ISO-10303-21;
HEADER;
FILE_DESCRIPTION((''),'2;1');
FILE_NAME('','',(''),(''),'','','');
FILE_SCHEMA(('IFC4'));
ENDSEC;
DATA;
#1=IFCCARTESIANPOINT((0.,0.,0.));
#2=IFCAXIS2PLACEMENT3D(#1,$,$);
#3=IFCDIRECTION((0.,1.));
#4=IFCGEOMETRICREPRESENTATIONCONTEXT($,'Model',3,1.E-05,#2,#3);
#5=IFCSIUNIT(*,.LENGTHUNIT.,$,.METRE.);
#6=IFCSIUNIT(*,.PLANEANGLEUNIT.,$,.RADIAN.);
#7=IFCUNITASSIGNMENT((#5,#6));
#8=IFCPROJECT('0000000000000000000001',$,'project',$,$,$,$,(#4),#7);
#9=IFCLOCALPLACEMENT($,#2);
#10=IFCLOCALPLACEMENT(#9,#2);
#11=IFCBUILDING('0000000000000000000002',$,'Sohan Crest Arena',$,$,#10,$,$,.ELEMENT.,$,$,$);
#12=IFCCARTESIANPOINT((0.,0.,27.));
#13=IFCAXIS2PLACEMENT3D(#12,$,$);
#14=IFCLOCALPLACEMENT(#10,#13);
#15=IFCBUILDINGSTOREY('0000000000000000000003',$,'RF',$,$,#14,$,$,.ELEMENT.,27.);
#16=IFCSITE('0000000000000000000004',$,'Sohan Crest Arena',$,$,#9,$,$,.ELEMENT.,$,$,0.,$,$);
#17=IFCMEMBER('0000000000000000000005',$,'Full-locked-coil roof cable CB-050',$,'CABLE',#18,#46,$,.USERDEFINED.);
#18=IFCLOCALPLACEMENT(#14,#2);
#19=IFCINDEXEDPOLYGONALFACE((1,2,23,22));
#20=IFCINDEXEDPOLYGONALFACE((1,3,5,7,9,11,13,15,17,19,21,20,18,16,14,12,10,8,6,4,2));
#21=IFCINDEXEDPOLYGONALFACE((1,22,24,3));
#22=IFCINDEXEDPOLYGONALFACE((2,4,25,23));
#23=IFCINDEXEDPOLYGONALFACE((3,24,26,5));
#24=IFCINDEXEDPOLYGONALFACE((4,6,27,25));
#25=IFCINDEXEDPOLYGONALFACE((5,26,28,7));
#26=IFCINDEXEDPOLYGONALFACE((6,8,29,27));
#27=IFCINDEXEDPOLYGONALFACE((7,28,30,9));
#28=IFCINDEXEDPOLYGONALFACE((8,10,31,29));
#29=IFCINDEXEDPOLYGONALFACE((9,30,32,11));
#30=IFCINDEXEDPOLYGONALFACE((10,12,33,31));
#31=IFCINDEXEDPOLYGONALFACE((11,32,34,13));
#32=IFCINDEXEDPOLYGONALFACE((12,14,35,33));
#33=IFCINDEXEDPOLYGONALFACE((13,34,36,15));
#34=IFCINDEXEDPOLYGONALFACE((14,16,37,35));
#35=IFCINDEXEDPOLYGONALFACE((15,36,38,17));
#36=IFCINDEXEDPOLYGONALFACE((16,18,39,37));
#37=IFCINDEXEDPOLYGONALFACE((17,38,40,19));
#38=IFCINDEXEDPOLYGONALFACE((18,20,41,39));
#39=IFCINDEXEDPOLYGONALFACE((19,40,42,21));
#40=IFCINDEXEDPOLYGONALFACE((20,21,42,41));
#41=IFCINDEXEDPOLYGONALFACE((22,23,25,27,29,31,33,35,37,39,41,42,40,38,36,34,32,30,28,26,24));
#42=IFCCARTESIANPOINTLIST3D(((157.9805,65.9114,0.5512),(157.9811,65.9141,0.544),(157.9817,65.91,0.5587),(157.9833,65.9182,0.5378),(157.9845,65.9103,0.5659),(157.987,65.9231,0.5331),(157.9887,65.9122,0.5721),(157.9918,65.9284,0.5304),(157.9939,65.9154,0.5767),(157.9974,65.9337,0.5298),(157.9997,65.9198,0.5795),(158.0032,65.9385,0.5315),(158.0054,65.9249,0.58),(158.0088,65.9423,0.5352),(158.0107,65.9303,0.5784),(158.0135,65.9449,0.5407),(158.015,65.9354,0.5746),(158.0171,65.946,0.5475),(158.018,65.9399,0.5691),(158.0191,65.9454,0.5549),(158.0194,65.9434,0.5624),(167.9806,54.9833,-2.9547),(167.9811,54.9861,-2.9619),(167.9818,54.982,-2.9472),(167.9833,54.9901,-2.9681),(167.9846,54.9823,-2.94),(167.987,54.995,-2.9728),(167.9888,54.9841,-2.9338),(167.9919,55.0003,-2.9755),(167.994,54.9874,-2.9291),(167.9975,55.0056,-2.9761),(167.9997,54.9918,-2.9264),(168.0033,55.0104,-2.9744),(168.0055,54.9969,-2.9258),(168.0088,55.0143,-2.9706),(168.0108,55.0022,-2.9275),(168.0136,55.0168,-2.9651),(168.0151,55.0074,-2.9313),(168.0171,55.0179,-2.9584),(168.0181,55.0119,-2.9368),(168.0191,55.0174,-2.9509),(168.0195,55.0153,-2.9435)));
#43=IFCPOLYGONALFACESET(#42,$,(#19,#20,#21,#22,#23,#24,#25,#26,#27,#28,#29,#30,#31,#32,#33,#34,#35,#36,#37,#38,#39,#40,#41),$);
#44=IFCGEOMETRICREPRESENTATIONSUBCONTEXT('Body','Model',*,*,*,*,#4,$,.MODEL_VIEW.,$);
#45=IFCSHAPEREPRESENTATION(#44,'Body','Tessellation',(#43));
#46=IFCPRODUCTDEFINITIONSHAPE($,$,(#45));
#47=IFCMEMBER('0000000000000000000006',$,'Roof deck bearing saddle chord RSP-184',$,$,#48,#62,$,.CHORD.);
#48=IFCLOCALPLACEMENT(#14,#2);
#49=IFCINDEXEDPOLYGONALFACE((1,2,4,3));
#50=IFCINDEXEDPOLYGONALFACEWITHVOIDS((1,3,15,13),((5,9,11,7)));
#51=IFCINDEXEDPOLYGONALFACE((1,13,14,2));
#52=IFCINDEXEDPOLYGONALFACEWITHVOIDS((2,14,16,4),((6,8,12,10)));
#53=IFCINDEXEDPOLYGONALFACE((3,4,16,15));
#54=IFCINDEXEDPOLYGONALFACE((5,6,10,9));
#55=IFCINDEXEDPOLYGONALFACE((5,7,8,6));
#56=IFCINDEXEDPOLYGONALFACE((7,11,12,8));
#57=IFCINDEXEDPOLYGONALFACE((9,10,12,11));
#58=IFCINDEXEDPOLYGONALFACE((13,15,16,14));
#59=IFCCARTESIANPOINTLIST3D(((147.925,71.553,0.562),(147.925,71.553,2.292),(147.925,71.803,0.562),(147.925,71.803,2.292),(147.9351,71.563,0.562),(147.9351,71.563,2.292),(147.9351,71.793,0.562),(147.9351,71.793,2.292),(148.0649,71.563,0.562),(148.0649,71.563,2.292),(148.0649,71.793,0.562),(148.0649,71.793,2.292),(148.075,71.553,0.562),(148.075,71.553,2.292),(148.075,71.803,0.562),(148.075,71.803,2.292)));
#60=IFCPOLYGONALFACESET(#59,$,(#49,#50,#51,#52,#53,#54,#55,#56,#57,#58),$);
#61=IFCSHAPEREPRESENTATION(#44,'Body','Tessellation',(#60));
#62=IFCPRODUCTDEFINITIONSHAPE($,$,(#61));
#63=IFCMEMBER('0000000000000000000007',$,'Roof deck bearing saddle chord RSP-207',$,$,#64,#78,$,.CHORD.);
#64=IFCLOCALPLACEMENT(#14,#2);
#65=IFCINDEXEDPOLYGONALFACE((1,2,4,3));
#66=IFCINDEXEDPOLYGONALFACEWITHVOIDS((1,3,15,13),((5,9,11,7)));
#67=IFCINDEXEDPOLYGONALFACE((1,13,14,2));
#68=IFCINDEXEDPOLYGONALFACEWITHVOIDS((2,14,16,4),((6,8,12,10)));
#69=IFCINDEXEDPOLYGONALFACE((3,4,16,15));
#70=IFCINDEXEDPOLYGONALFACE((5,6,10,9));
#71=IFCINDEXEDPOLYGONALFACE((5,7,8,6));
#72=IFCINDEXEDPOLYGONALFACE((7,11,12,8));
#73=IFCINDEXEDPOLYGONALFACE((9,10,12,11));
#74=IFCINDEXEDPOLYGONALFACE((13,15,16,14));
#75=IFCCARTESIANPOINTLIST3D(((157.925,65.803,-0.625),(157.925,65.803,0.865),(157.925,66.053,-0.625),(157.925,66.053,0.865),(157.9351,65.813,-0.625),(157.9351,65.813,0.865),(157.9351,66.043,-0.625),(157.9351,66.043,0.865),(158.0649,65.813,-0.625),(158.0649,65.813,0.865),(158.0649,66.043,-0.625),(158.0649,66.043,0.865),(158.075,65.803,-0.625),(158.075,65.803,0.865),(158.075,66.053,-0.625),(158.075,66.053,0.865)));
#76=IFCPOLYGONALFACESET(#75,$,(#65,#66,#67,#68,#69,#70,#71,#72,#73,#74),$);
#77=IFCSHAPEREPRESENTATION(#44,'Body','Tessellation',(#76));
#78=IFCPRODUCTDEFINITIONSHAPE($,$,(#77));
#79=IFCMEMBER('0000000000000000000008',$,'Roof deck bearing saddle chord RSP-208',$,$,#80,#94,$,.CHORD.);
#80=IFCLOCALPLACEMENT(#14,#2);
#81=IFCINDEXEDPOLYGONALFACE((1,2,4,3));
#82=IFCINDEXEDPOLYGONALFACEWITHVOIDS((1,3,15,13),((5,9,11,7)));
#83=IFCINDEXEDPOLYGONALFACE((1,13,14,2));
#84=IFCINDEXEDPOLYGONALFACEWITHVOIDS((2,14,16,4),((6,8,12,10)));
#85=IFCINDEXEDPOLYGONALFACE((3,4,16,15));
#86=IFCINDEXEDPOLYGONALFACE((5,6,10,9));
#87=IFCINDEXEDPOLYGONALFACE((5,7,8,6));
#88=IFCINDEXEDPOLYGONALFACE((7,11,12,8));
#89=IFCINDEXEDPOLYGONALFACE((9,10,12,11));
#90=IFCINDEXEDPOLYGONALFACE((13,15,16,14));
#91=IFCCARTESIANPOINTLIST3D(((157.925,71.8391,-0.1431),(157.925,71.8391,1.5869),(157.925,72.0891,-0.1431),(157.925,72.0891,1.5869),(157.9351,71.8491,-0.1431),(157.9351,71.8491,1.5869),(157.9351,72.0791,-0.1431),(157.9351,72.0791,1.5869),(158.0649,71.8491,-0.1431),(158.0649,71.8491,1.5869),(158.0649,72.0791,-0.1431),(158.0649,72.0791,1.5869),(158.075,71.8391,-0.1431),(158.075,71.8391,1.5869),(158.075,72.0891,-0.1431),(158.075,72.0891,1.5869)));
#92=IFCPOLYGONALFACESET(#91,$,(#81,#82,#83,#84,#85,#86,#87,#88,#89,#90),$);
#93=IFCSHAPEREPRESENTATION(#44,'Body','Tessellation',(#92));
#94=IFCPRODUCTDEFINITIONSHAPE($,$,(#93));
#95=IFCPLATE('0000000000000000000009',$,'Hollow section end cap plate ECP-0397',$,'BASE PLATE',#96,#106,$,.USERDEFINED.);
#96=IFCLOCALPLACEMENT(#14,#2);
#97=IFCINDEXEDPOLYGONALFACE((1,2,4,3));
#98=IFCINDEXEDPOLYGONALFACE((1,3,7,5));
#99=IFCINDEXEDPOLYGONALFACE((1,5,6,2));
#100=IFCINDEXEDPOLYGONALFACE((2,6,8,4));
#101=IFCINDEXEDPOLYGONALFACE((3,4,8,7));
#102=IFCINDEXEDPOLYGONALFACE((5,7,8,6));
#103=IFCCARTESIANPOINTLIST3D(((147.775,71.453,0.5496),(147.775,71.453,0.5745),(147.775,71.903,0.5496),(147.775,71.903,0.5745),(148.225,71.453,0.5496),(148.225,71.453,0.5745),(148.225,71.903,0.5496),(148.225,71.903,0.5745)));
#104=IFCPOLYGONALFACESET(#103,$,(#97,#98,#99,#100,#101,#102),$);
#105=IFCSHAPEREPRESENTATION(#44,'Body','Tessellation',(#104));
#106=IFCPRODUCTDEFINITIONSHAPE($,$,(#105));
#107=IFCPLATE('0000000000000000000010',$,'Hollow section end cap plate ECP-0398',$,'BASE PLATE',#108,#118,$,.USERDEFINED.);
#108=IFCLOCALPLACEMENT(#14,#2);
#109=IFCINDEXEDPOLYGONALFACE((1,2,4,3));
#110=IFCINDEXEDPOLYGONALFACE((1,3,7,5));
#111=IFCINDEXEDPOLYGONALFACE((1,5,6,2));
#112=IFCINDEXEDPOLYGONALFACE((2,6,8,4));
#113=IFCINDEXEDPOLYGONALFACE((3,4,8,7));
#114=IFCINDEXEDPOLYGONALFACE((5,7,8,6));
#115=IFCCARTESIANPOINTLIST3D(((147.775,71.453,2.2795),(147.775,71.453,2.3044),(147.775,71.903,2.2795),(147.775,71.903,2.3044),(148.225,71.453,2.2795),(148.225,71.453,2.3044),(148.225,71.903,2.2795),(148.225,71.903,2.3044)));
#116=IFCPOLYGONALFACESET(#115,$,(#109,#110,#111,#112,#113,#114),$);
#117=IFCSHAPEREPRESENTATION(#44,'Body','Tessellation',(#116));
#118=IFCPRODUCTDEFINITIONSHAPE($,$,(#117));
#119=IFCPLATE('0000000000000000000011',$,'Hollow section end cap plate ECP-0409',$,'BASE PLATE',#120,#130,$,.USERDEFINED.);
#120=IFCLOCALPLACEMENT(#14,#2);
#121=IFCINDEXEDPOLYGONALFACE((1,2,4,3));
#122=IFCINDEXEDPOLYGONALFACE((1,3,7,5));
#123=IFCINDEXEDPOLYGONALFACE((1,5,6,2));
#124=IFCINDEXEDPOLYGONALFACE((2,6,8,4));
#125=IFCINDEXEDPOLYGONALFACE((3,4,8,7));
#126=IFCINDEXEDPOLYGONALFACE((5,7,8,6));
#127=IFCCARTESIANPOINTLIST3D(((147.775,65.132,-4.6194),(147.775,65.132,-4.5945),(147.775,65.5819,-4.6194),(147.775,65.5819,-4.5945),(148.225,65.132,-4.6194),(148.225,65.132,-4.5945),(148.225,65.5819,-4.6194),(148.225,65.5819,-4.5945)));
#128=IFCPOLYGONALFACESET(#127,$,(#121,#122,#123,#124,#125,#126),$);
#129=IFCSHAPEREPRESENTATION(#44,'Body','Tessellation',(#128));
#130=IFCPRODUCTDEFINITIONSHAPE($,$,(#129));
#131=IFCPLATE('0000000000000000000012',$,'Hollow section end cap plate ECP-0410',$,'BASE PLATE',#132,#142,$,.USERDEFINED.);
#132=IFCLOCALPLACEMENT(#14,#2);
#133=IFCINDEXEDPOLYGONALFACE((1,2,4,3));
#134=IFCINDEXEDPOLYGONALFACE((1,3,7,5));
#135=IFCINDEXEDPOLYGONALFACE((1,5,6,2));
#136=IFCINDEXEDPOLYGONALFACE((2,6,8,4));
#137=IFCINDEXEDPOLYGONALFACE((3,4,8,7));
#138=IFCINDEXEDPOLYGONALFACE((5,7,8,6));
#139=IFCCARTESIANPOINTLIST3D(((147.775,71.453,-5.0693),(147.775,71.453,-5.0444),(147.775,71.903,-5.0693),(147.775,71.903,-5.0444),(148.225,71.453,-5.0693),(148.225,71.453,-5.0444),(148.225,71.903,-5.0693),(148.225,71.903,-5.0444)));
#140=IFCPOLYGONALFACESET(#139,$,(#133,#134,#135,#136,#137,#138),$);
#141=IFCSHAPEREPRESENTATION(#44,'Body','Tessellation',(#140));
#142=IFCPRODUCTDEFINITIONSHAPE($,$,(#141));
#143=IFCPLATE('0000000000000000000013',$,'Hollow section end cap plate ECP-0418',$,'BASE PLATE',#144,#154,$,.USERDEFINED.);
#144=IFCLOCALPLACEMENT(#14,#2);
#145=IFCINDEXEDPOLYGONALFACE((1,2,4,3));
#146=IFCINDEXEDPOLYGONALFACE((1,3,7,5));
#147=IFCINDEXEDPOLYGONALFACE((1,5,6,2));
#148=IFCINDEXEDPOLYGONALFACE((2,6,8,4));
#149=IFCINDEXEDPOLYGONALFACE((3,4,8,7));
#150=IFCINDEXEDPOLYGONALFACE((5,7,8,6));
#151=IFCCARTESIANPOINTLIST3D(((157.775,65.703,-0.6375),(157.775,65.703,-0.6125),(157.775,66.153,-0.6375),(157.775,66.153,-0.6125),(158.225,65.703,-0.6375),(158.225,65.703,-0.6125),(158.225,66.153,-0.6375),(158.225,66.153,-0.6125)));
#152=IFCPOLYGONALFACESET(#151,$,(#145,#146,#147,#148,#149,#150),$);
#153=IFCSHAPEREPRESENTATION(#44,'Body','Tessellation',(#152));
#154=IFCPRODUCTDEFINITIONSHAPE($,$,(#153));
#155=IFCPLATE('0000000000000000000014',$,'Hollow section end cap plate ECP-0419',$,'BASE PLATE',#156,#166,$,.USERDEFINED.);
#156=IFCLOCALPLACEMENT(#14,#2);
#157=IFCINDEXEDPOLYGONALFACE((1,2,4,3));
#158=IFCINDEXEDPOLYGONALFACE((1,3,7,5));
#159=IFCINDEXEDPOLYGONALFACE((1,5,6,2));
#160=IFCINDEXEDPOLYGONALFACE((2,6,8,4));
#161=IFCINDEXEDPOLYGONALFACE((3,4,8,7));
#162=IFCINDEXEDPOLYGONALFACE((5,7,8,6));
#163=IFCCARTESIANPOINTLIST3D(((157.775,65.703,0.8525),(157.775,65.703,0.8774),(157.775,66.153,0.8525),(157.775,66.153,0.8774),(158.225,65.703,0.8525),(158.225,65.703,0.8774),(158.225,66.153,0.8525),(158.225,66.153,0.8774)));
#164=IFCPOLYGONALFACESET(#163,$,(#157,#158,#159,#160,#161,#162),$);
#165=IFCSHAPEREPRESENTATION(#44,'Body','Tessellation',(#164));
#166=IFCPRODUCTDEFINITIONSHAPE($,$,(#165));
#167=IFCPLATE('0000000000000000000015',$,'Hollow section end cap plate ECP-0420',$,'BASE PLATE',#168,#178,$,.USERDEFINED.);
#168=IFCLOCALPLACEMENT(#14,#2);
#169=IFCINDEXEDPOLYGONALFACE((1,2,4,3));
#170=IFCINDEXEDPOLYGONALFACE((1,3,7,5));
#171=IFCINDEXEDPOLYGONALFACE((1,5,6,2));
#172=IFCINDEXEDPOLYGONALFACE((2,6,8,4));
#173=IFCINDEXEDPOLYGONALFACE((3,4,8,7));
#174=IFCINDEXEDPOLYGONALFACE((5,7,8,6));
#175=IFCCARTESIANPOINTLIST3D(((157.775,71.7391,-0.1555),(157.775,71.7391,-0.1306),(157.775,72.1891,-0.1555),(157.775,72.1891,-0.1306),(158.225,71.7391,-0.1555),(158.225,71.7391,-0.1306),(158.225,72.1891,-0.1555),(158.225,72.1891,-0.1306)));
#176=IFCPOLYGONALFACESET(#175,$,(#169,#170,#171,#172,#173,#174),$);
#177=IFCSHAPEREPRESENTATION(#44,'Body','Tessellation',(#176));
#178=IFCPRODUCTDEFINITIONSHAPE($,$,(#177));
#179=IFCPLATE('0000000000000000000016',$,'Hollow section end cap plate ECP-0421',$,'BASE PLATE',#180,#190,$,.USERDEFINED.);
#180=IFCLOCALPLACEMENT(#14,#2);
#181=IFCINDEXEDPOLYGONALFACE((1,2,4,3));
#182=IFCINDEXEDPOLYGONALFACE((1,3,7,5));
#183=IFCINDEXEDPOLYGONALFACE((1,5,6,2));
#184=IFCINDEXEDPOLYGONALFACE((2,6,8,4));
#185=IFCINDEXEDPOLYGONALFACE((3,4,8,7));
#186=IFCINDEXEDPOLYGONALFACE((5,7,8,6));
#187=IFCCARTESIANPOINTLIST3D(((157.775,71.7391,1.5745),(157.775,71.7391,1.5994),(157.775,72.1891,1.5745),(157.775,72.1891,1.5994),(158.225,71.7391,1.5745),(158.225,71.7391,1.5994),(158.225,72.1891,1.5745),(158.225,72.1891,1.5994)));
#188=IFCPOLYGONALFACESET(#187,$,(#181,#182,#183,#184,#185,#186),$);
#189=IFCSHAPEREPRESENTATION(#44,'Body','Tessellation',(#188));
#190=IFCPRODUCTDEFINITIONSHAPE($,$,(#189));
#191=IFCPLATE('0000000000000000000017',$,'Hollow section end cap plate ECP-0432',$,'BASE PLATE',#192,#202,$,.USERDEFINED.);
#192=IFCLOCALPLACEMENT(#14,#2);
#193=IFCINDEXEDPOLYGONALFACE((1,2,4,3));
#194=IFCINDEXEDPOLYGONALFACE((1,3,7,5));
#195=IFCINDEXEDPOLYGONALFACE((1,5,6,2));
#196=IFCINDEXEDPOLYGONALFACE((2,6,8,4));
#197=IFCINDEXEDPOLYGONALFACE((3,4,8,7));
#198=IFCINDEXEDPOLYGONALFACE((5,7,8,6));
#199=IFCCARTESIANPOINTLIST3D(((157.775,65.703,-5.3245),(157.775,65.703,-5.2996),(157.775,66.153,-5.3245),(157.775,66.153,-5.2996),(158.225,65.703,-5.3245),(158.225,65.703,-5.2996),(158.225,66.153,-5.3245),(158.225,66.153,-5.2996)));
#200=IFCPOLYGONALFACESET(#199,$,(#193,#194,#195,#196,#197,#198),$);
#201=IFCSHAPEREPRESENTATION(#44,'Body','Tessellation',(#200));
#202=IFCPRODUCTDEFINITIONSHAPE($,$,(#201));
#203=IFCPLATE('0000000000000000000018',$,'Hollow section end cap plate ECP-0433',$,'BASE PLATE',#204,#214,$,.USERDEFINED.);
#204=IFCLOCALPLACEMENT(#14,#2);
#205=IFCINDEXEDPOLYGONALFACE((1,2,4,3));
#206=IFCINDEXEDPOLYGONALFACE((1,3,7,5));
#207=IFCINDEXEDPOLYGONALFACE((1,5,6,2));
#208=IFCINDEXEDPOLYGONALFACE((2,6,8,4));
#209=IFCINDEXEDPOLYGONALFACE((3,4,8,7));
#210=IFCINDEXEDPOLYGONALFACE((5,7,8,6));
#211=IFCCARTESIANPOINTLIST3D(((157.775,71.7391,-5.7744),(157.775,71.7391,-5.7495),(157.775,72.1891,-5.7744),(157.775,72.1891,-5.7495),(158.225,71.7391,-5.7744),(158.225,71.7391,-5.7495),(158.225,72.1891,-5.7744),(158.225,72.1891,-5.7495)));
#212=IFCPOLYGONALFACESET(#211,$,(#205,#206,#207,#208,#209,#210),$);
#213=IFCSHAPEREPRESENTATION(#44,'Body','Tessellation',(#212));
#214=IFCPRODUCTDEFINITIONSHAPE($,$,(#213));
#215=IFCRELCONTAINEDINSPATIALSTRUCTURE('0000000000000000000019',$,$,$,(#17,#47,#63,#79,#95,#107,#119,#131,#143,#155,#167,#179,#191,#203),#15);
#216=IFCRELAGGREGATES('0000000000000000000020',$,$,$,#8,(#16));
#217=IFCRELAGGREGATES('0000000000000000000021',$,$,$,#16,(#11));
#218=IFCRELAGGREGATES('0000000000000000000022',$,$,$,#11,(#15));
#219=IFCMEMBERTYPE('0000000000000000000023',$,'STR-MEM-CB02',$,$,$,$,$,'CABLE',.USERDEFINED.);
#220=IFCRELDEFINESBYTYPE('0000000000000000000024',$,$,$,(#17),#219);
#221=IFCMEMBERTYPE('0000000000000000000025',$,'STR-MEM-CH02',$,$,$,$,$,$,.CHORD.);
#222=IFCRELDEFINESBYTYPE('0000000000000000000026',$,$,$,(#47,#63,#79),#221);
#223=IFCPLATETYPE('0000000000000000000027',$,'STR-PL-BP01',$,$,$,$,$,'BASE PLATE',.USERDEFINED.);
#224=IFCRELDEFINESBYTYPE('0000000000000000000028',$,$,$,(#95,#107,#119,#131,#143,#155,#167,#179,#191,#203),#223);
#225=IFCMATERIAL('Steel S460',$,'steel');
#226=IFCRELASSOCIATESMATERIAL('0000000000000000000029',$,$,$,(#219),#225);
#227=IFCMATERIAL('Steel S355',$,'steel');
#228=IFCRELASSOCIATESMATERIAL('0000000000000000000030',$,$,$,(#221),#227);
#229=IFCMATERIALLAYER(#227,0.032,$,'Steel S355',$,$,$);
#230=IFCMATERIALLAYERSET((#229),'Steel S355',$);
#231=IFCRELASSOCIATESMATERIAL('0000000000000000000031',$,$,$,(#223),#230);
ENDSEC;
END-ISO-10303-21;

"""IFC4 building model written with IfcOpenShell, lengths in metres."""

from ifc_helpers import new_model, si_unit, direction, frame, origin, origin_2d, place, context, subcontext, project, spatial, rectangle, hollow_rectangle, circle, extrude, material, layer, layer_set, material_profile, profile_set, type_object, element, save


model = new_model("IFC4")

# Units and contexts
model_context = context("Model", 3, precision=1e-05, world=origin(), true_north=direction((0.0, 1.0)))
body_context = subcontext(model_context, "Body", "Model", "MODEL_VIEW")
ifc_project = project(units=[si_unit("LENGTHUNIT", "METRE"), si_unit("PLANEANGLEUNIT", "RADIAN")], contexts=[model_context])

# Site, building, storey
site_placement = place(None, origin())
site = spatial("IfcSite", under=ifc_project, at=site_placement, Name="Sohan Crest Arena", CompositionType="ELEMENT", RefElevation=0.0)
building_placement = place(site_placement, origin())
building = spatial("IfcBuilding", under=site, at=building_placement, Name="Sohan Crest Arena", CompositionType="ELEMENT")
storey_placement = place(building_placement, frame((0.0, 0.0, 27.0)))
storey = spatial("IfcBuildingStorey", under=building, at=storey_placement, Name="RF", CompositionType="ELEMENT", Elevation=27.0)

# Shared definitions
ifc_material_1 = material(Name="Steel S355", Category="steel")

# Members
ifc_material_2 = material(Name="Steel S460", Category="steel")
ifc_material_profile_1 = material_profile(ifc_material_2, circle(Radius=0.0259, at=origin_2d()), Name="FLC D52")
ifc_profile_set_1 = profile_set([ifc_material_profile_1], Name="Steel S460")
member_type_1 = type_object("IfcMemberType", Name="STR-MEM-CB02", ElementType="CABLE", PredefinedType="USERDEFINED", material=ifc_profile_set_1)
member_1_placement = place(storey_placement, frame((158.0, 65.928, 0.5549), z_axis=(0.65694, -0.717903, -0.230314), x_axis=(0.737736, 0.675089, 0.0)))
element("IfcMember", 1, at=member_1_placement, inside=storey, type_object=member_type_1, Name="Full-locked-coil roof cable CB-050", ObjectType="CABLE", PredefinedType="USERDEFINED", context=body_context, shape_type="SweptSolid", body=[
    extrude(circle(Radius=0.0259, at=origin_2d()), origin(), (0.0, 0.0, 1.0), 15.2222),
])
ifc_material_profile_2 = material_profile(ifc_material_1, hollow_rectangle(XDim=0.1499, YDim=0.25, WallThickness=0.01, at=origin_2d()), Name="RHS 250x150x10")
ifc_profile_set_2 = profile_set([ifc_material_profile_2], Name="Steel S355")
member_type_2 = type_object("IfcMemberType", Name="STR-MEM-CH02", PredefinedType="CHORD", material=ifc_profile_set_2)
member_2_placement = place(storey_placement, frame((148.0, 71.678, 0.562), z_axis=(0.0, 0.0, 1.0), x_axis=(1.0, 0.0, 0.0)))
element("IfcMember", 2, at=member_2_placement, inside=storey, type_object=member_type_2, Name="Roof deck bearing saddle chord RSP-184", PredefinedType="CHORD", context=body_context, shape_type="SweptSolid", body=[
    extrude(hollow_rectangle(XDim=0.1499, YDim=0.25, WallThickness=0.01, at=origin_2d()), origin(), (0.0, 0.0, 1.0), 1.73),
])
member_3_placement = place(storey_placement, frame((158.0, 65.928, -0.625), z_axis=(0.0, 0.0, 1.0), x_axis=(1.0, 0.0, 0.0)))
element("IfcMember", 3, at=member_3_placement, inside=storey, type_object=member_type_2, Name="Roof deck bearing saddle chord RSP-207", PredefinedType="CHORD", context=body_context, shape_type="SweptSolid", body=[
    extrude(hollow_rectangle(XDim=0.1499, YDim=0.25, WallThickness=0.01, at=origin_2d()), origin(), (0.0, 0.0, 1.0), 1.49),
])
member_4_placement = place(storey_placement, frame((158.0, 71.9641, -0.1431), z_axis=(0.0, 0.0, 1.0), x_axis=(1.0, 0.0, 0.0)))
element("IfcMember", 4, at=member_4_placement, inside=storey, type_object=member_type_2, Name="Roof deck bearing saddle chord RSP-208", PredefinedType="CHORD", context=body_context, shape_type="SweptSolid", body=[
    extrude(hollow_rectangle(XDim=0.1499, YDim=0.25, WallThickness=0.01, at=origin_2d()), origin(), (0.0, 0.0, 1.0), 1.73),
])

# Plates
ifc_layer = layer(ifc_material_1, 0.032, Name="Steel S355")
ifc_layer_set = layer_set([ifc_layer], Name="Steel S355")
plate_type = type_object("IfcPlateType", Name="STR-PL-BP01", ElementType="BASE PLATE", PredefinedType="USERDEFINED", material=ifc_layer_set)
for number, where, z_axis, x_axis, name in (
    (5, (148.0, 71.678, 0.5496), (0.0, 0.0, 1.0), (1.0, 0.0, 0.0), "Hollow section end cap plate ECP-0397"),
    (6, (148.0, 71.678, 2.2795), (0.0, 0.0, 1.0), (1.0, 0.0, 0.0), "Hollow section end cap plate ECP-0398"),
    (7, (148.0, 65.3569, -4.6194), (0.0, 0.0, 1.0), (1.0, 0.0, 0.0), "Hollow section end cap plate ECP-0409"),
    (8, (148.0, 71.678, -5.0693), (0.0, 0.0, 1.0), (1.0, 0.0, 0.0), "Hollow section end cap plate ECP-0410"),
    (9, (158.0, 65.928, -0.6375), (0.0, 0.0, 1.0), (1.0, 0.0, 0.0), "Hollow section end cap plate ECP-0418"),
    (10, (158.0, 65.928, 0.8525), (0.0, 0.0, 1.0), (1.0, 0.0, 0.0), "Hollow section end cap plate ECP-0419"),
    (11, (158.0, 71.9641, -0.1555), (0.0, 0.0, 1.0), (1.0, 0.0, 0.0), "Hollow section end cap plate ECP-0420"),
    (12, (158.0, 71.9641, 1.5745), (0.0, 0.0, 1.0), (1.0, 0.0, 0.0), "Hollow section end cap plate ECP-0421"),
    (13, (158.0, 65.928, -5.3245), (0.0, 0.0, 1.0), (1.0, 0.0, 0.0), "Hollow section end cap plate ECP-0432"),
    (14, (158.0, 71.9641, -5.7744), (0.0, 0.0, 1.0), (1.0, 0.0, 0.0), "Hollow section end cap plate ECP-0433"),
):
    element("IfcPlate", number, at=place(storey_placement, frame(where, z_axis=z_axis, x_axis=x_axis)), inside=storey, type_object=plate_type, Name=name, ObjectType="BASE PLATE", PredefinedType="USERDEFINED", context=body_context, shape_type="SweptSolid", body=[
        extrude(rectangle(XDim=0.45, YDim=0.45, at=origin_2d()), origin(), (0.0, 0.0, 1.0), 0.0249),
    ])

save(model, "model.ifc")
